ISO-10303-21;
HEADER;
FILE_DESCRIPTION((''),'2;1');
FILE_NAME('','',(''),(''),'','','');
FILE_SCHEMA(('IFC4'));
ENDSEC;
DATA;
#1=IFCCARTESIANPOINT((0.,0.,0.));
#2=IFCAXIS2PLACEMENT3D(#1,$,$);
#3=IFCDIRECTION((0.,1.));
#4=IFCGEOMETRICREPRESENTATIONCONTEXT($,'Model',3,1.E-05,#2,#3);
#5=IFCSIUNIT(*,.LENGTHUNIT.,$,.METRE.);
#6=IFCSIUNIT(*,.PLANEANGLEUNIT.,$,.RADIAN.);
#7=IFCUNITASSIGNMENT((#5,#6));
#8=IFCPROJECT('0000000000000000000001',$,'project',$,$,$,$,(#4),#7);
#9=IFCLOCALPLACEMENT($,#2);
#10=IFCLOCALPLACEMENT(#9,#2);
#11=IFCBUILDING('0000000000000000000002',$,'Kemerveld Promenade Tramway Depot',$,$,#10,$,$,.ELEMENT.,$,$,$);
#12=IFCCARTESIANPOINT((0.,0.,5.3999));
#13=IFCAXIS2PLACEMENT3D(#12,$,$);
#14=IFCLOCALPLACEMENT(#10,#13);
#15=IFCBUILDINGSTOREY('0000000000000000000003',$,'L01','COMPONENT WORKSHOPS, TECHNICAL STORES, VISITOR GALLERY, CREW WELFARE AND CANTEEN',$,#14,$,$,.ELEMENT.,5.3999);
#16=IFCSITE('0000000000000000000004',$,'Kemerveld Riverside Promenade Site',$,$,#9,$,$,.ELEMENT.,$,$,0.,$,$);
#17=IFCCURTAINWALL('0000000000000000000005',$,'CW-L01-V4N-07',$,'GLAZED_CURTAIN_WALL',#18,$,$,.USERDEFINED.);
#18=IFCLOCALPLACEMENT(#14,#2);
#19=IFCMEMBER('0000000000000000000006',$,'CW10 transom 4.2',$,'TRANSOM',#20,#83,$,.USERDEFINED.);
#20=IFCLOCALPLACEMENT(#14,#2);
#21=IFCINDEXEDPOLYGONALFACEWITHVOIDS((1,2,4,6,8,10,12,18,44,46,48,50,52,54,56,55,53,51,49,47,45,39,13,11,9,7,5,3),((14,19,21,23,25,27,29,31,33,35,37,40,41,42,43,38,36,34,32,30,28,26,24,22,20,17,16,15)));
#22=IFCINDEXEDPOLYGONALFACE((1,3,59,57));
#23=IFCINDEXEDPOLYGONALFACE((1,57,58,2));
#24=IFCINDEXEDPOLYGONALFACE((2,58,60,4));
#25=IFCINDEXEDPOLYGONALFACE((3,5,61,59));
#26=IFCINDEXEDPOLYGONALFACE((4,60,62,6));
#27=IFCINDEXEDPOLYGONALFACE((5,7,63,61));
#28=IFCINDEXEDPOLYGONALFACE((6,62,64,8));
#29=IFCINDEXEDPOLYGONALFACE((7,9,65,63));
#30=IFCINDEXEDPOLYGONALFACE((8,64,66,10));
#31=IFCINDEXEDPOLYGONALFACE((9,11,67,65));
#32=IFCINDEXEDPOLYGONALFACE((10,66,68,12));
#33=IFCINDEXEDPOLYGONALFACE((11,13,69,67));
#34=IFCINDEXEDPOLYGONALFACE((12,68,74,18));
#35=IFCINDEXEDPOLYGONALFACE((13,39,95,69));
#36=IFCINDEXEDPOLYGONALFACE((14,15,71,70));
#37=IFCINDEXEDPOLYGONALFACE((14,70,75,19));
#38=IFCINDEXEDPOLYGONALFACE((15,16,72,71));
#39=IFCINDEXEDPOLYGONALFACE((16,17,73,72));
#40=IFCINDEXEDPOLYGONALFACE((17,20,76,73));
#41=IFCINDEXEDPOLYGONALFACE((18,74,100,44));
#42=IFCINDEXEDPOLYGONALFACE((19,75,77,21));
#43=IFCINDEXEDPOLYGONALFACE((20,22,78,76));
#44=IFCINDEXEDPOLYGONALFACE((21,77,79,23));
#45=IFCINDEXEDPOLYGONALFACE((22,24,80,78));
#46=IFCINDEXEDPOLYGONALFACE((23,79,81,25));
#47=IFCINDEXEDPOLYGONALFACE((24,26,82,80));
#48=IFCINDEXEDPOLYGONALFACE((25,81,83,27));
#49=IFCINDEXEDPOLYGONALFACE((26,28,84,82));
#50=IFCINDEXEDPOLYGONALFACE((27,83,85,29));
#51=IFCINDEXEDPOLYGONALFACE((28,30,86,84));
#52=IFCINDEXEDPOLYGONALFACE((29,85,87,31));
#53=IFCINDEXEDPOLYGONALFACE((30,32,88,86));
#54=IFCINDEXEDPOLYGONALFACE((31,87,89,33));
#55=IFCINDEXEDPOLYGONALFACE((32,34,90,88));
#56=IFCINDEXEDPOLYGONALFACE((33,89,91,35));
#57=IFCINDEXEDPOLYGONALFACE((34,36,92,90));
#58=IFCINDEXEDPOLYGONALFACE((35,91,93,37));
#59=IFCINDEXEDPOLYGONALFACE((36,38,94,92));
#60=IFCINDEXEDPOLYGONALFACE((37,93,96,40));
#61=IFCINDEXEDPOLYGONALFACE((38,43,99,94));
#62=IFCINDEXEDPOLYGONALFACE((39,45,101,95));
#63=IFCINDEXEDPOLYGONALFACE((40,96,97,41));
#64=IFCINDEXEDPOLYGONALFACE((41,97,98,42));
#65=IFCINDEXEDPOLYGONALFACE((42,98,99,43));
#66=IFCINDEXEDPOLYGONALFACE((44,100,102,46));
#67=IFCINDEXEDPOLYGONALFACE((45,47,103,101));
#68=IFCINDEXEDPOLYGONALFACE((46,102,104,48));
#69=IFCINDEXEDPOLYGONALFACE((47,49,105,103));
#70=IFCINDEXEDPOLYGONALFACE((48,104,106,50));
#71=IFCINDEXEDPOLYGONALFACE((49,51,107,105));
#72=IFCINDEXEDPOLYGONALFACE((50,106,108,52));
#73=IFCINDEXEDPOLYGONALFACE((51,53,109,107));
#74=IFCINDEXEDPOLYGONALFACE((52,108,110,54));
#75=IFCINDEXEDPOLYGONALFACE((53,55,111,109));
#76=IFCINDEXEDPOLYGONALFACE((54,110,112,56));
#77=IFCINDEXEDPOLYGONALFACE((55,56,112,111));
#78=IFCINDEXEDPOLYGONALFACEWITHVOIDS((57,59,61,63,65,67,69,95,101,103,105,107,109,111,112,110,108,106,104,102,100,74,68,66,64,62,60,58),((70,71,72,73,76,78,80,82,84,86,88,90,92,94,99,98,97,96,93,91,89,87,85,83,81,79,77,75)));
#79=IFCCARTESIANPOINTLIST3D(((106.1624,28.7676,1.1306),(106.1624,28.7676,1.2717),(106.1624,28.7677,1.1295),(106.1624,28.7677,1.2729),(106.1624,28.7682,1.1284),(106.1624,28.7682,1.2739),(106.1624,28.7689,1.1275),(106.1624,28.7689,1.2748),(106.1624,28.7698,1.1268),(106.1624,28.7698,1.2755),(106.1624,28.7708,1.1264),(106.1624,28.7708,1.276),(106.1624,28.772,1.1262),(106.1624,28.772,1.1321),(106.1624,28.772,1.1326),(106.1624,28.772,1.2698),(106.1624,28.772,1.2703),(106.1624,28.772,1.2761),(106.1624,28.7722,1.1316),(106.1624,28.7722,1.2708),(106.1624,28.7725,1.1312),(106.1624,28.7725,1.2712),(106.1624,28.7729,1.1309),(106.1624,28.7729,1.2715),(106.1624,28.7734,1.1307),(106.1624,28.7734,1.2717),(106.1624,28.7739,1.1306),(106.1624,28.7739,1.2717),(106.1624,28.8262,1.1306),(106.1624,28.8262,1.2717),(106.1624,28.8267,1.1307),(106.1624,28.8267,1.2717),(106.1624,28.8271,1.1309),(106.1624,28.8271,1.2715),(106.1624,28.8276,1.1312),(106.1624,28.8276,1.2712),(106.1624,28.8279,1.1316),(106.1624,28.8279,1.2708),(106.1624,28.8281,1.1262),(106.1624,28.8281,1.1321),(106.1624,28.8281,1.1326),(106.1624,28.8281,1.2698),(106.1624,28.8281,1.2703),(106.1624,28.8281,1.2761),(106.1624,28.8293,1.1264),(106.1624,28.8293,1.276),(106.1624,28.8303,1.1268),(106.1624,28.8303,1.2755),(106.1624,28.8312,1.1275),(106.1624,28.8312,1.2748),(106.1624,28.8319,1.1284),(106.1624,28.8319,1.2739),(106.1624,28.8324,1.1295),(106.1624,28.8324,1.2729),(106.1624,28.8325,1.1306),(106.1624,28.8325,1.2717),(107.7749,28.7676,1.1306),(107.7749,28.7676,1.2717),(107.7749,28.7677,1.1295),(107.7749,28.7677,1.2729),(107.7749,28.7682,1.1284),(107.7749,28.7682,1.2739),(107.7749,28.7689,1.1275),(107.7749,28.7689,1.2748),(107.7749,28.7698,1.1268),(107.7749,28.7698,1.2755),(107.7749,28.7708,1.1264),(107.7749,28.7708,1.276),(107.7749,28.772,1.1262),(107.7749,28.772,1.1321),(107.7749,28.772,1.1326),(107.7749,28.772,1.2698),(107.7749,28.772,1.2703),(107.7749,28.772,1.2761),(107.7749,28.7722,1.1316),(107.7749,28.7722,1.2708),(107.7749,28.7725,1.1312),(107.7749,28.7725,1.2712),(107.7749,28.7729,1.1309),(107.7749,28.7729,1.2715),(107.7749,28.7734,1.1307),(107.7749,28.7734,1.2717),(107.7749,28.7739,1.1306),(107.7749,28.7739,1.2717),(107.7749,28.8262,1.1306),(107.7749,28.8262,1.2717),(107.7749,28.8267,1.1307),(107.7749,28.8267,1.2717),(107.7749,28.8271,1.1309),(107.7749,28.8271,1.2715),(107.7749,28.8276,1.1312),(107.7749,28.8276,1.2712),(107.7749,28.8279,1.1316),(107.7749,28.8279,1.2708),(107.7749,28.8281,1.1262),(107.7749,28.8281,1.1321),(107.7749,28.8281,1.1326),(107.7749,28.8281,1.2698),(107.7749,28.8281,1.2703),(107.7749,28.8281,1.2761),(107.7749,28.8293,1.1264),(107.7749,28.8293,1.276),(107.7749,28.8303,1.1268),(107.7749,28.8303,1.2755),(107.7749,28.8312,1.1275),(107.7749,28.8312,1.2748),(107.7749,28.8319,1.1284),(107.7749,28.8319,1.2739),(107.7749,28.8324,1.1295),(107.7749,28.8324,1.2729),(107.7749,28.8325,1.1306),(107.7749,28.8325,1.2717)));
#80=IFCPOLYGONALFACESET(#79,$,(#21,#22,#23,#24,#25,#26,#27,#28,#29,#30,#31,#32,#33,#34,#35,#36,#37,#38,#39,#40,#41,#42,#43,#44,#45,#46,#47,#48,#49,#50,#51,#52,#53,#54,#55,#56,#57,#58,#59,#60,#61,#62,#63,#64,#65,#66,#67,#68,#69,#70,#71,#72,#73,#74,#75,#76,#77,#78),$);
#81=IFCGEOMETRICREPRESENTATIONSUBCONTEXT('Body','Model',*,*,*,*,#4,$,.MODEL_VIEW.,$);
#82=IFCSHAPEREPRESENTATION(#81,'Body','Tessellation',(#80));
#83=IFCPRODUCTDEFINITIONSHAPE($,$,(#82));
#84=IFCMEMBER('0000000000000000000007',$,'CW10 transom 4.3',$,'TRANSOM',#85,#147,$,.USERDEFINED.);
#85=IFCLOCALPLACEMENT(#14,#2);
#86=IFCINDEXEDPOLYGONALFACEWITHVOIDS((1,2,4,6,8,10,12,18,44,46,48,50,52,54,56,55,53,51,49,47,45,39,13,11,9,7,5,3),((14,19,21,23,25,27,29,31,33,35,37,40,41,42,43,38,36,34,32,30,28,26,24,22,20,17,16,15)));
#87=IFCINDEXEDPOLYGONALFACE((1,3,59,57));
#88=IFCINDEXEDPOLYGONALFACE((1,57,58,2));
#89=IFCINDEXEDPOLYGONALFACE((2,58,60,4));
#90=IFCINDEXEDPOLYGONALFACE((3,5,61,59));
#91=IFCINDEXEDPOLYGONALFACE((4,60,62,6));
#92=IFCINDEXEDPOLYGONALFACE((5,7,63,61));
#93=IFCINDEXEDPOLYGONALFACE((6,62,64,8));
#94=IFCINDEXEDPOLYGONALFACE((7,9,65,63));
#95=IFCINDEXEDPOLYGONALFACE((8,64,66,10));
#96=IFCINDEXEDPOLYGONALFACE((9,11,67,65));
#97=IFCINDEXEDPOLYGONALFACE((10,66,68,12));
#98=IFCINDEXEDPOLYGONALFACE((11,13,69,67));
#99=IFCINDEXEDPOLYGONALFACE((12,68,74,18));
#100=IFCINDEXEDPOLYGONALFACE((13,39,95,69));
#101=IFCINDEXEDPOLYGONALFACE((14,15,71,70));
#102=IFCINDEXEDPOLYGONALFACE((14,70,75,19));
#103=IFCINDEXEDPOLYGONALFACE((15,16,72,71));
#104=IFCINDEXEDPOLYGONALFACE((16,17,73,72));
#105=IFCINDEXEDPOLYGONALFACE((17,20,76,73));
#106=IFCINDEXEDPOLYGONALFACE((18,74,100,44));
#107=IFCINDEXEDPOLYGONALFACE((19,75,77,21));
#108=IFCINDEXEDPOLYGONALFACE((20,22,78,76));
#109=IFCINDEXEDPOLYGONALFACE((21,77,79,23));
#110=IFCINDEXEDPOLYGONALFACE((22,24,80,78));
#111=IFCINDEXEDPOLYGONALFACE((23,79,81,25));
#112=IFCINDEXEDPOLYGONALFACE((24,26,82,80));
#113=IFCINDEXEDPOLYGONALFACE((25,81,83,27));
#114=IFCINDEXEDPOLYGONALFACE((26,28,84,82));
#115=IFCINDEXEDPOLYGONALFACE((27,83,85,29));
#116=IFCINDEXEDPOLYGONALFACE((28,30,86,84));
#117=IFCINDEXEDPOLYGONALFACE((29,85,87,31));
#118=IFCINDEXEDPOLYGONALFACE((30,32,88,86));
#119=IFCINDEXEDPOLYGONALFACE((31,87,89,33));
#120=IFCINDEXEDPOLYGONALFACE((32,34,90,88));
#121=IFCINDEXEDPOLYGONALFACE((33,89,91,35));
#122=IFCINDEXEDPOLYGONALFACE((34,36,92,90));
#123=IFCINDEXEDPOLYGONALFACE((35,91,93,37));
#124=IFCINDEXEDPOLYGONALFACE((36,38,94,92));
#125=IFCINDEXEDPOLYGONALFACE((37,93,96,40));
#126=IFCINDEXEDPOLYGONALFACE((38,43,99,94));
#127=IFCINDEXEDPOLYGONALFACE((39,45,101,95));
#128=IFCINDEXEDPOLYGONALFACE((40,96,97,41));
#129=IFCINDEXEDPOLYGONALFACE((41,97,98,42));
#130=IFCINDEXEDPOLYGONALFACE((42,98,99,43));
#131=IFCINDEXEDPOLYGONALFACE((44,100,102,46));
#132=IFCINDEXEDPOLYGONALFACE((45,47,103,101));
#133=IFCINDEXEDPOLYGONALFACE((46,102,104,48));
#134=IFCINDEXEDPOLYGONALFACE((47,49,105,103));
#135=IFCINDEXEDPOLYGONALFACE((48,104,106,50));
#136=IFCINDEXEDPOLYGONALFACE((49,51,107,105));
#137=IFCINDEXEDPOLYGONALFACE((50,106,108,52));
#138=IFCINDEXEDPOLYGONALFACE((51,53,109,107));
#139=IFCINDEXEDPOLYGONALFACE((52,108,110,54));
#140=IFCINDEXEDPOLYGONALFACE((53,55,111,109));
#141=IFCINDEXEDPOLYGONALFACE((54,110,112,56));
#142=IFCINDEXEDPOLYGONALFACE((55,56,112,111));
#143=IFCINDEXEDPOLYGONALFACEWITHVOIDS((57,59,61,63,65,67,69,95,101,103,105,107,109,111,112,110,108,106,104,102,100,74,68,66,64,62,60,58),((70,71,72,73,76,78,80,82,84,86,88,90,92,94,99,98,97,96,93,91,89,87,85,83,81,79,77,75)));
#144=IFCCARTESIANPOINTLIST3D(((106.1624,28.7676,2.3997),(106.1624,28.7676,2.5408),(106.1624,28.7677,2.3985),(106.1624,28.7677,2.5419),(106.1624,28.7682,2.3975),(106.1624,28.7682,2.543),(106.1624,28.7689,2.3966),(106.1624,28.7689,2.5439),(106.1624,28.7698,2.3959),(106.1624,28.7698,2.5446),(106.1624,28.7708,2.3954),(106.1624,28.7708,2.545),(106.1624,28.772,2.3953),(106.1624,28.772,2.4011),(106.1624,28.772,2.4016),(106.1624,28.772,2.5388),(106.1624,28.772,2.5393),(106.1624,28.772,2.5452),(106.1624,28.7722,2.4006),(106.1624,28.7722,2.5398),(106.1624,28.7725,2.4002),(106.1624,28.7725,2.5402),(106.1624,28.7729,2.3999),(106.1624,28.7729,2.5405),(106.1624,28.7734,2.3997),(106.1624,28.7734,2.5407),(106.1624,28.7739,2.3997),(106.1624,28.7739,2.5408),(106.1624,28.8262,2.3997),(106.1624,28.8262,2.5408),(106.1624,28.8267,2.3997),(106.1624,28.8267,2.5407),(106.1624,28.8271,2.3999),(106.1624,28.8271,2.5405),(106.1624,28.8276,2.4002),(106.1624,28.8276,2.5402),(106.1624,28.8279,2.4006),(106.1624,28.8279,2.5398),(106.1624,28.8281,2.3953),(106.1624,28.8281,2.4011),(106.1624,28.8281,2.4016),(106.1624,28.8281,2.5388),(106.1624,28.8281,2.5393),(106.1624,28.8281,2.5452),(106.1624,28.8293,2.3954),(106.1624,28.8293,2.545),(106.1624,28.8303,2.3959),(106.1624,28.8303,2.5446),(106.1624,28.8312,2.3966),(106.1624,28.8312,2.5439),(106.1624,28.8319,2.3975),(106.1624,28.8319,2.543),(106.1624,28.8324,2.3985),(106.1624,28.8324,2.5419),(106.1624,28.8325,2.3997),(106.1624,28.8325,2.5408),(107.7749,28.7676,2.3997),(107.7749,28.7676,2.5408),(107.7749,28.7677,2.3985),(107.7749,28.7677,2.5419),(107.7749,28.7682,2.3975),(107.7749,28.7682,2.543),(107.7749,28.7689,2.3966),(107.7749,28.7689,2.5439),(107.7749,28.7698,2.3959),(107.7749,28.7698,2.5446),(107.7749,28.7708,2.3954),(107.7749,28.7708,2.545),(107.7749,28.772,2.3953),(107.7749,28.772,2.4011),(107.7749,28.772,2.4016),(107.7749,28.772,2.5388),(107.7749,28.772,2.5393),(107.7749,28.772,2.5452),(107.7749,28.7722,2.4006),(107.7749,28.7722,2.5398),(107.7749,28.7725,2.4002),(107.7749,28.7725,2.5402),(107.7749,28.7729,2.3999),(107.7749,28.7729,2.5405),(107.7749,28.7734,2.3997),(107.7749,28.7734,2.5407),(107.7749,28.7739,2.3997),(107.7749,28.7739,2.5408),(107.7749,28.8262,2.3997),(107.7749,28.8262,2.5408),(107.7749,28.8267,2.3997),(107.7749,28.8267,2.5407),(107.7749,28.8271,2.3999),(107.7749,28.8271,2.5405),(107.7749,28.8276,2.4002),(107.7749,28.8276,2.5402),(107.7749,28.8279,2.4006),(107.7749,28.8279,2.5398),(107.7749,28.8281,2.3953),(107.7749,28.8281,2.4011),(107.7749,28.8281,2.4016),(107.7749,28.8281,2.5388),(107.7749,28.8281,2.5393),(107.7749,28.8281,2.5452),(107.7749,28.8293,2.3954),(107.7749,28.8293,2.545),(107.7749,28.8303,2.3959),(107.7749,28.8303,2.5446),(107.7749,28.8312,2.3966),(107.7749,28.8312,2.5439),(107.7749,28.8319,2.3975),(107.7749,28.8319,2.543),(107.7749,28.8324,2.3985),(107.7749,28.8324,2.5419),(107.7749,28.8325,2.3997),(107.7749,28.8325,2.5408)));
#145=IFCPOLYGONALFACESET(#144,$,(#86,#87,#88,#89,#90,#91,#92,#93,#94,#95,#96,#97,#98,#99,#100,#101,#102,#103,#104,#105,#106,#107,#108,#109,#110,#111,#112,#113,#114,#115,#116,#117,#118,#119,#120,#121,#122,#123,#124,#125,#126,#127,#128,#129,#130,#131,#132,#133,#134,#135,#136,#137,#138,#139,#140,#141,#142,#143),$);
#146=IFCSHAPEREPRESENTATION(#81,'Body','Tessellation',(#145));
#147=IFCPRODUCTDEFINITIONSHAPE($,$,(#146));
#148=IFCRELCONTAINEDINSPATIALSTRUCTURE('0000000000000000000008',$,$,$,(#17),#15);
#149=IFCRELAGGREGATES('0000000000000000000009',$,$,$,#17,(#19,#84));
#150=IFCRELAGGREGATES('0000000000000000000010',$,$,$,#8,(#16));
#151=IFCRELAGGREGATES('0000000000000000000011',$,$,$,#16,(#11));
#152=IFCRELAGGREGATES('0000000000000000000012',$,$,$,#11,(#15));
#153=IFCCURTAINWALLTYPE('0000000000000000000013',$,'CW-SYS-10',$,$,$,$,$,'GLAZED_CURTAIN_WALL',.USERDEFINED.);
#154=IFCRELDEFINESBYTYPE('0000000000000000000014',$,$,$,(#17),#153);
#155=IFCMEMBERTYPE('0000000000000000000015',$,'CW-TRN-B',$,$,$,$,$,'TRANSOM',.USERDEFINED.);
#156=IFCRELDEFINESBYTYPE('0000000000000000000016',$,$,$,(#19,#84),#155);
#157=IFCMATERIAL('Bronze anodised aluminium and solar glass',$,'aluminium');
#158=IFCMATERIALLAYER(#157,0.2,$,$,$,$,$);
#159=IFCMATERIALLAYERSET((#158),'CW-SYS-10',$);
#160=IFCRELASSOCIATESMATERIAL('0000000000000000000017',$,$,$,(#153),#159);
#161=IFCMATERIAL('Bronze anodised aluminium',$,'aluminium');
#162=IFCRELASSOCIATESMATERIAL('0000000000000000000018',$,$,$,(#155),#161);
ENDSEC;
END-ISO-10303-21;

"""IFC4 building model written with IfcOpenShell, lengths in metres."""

from ifc_helpers import new_model, si_unit, direction, frame, origin, origin_2d, place, context, subcontext, project, spatial, hollow_rectangle, extrude, material, layer, layer_set, material_profile, profile_set, type_object, element, aggregate, save


model = new_model("IFC4")

# Units and contexts
model_context = context("Model", 3, precision=1e-05, world=origin(), true_north=direction((0.0, 1.0)))
body_context = subcontext(model_context, "Body", "Model", "MODEL_VIEW")
ifc_project = project(units=[si_unit("LENGTHUNIT", "METRE"), si_unit("PLANEANGLEUNIT", "RADIAN")], contexts=[model_context])

# Site, building, storey
site_placement = place(None, origin())
site = spatial("IfcSite", under=ifc_project, at=site_placement, Name="Kemerveld Riverside Promenade Site", CompositionType="ELEMENT", RefElevation=0.0)
building_placement = place(site_placement, origin())
building = spatial("IfcBuilding", under=site, at=building_placement, Name="Kemerveld Promenade Tramway Depot", CompositionType="ELEMENT")
storey_placement = place(building_placement, frame((0.0, 0.0, 5.3999)))
storey = spatial("IfcBuildingStorey", under=building, at=storey_placement, Name="L01", Description="COMPONENT WORKSHOPS, TECHNICAL STORES, VISITOR GALLERY, CREW WELFARE AND CANTEEN", CompositionType="ELEMENT", Elevation=5.3999)

# Curtain wall, members
ifc_material_1 = material(Name="Bronze anodised aluminium and solar glass", Category="aluminium")
ifc_layer_1 = layer(ifc_material_1, 0.2)
ifc_layer_set_1 = layer_set([ifc_layer_1], Name="CW-SYS-10")
curtain_wall_type = type_object("IfcCurtainWallType", Name="CW-SYS-10", ElementType="GLAZED_CURTAIN_WALL", PredefinedType="USERDEFINED", material=ifc_layer_set_1)
curtain_wall_placement = place(storey_placement, origin())
curtain_wall = element("IfcCurtainWall", 1, at=curtain_wall_placement, inside=storey, type_object=curtain_wall_type, Name="CW-L01-V4N-07", ObjectType="GLAZED_CURTAIN_WALL", PredefinedType="USERDEFINED")
ifc_material_2 = material(Name="Bronze anodised aluminium", Category="aluminium")
ifc_material_profile_1 = material_profile(ifc_material_2, hollow_rectangle(XDim=0.0649, YDim=0.1499, WallThickness=0.0044, InnerFilletRadius=0.002, OuterFilletRadius=0.0044, at=origin_2d()), Name="CW-TRN-150x65")
ifc_profile_set_1 = profile_set([ifc_material_profile_1], Name="Bronze anodised aluminium")
member_type_1 = type_object("IfcMemberType", Name="CW-TRN-B", ElementType="TRANSOM", PredefinedType="USERDEFINED", material=ifc_profile_set_1)
member_1_placement = place(storey_placement, frame((106.1624, 28.8, 1.2012), z_axis=(1.0, 0.0, 0.0), x_axis=(0.0, 1.0, 0.0)))
member_1 = element("IfcMember", 2, at=member_1_placement, type_object=member_type_1, Name="CW10 transom 4.2", ObjectType="TRANSOM", PredefinedType="USERDEFINED", context=body_context, shape_type="SweptSolid", body=[
    extrude(hollow_rectangle(XDim=0.0649, YDim=0.1499, WallThickness=0.0044, InnerFilletRadius=0.002, OuterFilletRadius=0.0044, at=origin_2d()), origin(), (0.0, 0.0, 1.0), 1.6125),
])
member_2_placement = place(storey_placement, frame((106.1624, 28.8, 2.4702), z_axis=(1.0, 0.0, 0.0), x_axis=(0.0, 1.0, 0.0)))
member_2 = element("IfcMember", 3, at=member_2_placement, type_object=member_type_1, Name="CW10 transom 4.3", ObjectType="TRANSOM", PredefinedType="USERDEFINED", context=body_context, shape_type="SweptSolid", body=[
    extrude(hollow_rectangle(XDim=0.0649, YDim=0.1499, WallThickness=0.0044, InnerFilletRadius=0.002, OuterFilletRadius=0.0044, at=origin_2d()), origin(), (0.0, 0.0, 1.0), 1.6125),
])
aggregate(curtain_wall, [member_1, member_2])

save(model, "model.ifc")
